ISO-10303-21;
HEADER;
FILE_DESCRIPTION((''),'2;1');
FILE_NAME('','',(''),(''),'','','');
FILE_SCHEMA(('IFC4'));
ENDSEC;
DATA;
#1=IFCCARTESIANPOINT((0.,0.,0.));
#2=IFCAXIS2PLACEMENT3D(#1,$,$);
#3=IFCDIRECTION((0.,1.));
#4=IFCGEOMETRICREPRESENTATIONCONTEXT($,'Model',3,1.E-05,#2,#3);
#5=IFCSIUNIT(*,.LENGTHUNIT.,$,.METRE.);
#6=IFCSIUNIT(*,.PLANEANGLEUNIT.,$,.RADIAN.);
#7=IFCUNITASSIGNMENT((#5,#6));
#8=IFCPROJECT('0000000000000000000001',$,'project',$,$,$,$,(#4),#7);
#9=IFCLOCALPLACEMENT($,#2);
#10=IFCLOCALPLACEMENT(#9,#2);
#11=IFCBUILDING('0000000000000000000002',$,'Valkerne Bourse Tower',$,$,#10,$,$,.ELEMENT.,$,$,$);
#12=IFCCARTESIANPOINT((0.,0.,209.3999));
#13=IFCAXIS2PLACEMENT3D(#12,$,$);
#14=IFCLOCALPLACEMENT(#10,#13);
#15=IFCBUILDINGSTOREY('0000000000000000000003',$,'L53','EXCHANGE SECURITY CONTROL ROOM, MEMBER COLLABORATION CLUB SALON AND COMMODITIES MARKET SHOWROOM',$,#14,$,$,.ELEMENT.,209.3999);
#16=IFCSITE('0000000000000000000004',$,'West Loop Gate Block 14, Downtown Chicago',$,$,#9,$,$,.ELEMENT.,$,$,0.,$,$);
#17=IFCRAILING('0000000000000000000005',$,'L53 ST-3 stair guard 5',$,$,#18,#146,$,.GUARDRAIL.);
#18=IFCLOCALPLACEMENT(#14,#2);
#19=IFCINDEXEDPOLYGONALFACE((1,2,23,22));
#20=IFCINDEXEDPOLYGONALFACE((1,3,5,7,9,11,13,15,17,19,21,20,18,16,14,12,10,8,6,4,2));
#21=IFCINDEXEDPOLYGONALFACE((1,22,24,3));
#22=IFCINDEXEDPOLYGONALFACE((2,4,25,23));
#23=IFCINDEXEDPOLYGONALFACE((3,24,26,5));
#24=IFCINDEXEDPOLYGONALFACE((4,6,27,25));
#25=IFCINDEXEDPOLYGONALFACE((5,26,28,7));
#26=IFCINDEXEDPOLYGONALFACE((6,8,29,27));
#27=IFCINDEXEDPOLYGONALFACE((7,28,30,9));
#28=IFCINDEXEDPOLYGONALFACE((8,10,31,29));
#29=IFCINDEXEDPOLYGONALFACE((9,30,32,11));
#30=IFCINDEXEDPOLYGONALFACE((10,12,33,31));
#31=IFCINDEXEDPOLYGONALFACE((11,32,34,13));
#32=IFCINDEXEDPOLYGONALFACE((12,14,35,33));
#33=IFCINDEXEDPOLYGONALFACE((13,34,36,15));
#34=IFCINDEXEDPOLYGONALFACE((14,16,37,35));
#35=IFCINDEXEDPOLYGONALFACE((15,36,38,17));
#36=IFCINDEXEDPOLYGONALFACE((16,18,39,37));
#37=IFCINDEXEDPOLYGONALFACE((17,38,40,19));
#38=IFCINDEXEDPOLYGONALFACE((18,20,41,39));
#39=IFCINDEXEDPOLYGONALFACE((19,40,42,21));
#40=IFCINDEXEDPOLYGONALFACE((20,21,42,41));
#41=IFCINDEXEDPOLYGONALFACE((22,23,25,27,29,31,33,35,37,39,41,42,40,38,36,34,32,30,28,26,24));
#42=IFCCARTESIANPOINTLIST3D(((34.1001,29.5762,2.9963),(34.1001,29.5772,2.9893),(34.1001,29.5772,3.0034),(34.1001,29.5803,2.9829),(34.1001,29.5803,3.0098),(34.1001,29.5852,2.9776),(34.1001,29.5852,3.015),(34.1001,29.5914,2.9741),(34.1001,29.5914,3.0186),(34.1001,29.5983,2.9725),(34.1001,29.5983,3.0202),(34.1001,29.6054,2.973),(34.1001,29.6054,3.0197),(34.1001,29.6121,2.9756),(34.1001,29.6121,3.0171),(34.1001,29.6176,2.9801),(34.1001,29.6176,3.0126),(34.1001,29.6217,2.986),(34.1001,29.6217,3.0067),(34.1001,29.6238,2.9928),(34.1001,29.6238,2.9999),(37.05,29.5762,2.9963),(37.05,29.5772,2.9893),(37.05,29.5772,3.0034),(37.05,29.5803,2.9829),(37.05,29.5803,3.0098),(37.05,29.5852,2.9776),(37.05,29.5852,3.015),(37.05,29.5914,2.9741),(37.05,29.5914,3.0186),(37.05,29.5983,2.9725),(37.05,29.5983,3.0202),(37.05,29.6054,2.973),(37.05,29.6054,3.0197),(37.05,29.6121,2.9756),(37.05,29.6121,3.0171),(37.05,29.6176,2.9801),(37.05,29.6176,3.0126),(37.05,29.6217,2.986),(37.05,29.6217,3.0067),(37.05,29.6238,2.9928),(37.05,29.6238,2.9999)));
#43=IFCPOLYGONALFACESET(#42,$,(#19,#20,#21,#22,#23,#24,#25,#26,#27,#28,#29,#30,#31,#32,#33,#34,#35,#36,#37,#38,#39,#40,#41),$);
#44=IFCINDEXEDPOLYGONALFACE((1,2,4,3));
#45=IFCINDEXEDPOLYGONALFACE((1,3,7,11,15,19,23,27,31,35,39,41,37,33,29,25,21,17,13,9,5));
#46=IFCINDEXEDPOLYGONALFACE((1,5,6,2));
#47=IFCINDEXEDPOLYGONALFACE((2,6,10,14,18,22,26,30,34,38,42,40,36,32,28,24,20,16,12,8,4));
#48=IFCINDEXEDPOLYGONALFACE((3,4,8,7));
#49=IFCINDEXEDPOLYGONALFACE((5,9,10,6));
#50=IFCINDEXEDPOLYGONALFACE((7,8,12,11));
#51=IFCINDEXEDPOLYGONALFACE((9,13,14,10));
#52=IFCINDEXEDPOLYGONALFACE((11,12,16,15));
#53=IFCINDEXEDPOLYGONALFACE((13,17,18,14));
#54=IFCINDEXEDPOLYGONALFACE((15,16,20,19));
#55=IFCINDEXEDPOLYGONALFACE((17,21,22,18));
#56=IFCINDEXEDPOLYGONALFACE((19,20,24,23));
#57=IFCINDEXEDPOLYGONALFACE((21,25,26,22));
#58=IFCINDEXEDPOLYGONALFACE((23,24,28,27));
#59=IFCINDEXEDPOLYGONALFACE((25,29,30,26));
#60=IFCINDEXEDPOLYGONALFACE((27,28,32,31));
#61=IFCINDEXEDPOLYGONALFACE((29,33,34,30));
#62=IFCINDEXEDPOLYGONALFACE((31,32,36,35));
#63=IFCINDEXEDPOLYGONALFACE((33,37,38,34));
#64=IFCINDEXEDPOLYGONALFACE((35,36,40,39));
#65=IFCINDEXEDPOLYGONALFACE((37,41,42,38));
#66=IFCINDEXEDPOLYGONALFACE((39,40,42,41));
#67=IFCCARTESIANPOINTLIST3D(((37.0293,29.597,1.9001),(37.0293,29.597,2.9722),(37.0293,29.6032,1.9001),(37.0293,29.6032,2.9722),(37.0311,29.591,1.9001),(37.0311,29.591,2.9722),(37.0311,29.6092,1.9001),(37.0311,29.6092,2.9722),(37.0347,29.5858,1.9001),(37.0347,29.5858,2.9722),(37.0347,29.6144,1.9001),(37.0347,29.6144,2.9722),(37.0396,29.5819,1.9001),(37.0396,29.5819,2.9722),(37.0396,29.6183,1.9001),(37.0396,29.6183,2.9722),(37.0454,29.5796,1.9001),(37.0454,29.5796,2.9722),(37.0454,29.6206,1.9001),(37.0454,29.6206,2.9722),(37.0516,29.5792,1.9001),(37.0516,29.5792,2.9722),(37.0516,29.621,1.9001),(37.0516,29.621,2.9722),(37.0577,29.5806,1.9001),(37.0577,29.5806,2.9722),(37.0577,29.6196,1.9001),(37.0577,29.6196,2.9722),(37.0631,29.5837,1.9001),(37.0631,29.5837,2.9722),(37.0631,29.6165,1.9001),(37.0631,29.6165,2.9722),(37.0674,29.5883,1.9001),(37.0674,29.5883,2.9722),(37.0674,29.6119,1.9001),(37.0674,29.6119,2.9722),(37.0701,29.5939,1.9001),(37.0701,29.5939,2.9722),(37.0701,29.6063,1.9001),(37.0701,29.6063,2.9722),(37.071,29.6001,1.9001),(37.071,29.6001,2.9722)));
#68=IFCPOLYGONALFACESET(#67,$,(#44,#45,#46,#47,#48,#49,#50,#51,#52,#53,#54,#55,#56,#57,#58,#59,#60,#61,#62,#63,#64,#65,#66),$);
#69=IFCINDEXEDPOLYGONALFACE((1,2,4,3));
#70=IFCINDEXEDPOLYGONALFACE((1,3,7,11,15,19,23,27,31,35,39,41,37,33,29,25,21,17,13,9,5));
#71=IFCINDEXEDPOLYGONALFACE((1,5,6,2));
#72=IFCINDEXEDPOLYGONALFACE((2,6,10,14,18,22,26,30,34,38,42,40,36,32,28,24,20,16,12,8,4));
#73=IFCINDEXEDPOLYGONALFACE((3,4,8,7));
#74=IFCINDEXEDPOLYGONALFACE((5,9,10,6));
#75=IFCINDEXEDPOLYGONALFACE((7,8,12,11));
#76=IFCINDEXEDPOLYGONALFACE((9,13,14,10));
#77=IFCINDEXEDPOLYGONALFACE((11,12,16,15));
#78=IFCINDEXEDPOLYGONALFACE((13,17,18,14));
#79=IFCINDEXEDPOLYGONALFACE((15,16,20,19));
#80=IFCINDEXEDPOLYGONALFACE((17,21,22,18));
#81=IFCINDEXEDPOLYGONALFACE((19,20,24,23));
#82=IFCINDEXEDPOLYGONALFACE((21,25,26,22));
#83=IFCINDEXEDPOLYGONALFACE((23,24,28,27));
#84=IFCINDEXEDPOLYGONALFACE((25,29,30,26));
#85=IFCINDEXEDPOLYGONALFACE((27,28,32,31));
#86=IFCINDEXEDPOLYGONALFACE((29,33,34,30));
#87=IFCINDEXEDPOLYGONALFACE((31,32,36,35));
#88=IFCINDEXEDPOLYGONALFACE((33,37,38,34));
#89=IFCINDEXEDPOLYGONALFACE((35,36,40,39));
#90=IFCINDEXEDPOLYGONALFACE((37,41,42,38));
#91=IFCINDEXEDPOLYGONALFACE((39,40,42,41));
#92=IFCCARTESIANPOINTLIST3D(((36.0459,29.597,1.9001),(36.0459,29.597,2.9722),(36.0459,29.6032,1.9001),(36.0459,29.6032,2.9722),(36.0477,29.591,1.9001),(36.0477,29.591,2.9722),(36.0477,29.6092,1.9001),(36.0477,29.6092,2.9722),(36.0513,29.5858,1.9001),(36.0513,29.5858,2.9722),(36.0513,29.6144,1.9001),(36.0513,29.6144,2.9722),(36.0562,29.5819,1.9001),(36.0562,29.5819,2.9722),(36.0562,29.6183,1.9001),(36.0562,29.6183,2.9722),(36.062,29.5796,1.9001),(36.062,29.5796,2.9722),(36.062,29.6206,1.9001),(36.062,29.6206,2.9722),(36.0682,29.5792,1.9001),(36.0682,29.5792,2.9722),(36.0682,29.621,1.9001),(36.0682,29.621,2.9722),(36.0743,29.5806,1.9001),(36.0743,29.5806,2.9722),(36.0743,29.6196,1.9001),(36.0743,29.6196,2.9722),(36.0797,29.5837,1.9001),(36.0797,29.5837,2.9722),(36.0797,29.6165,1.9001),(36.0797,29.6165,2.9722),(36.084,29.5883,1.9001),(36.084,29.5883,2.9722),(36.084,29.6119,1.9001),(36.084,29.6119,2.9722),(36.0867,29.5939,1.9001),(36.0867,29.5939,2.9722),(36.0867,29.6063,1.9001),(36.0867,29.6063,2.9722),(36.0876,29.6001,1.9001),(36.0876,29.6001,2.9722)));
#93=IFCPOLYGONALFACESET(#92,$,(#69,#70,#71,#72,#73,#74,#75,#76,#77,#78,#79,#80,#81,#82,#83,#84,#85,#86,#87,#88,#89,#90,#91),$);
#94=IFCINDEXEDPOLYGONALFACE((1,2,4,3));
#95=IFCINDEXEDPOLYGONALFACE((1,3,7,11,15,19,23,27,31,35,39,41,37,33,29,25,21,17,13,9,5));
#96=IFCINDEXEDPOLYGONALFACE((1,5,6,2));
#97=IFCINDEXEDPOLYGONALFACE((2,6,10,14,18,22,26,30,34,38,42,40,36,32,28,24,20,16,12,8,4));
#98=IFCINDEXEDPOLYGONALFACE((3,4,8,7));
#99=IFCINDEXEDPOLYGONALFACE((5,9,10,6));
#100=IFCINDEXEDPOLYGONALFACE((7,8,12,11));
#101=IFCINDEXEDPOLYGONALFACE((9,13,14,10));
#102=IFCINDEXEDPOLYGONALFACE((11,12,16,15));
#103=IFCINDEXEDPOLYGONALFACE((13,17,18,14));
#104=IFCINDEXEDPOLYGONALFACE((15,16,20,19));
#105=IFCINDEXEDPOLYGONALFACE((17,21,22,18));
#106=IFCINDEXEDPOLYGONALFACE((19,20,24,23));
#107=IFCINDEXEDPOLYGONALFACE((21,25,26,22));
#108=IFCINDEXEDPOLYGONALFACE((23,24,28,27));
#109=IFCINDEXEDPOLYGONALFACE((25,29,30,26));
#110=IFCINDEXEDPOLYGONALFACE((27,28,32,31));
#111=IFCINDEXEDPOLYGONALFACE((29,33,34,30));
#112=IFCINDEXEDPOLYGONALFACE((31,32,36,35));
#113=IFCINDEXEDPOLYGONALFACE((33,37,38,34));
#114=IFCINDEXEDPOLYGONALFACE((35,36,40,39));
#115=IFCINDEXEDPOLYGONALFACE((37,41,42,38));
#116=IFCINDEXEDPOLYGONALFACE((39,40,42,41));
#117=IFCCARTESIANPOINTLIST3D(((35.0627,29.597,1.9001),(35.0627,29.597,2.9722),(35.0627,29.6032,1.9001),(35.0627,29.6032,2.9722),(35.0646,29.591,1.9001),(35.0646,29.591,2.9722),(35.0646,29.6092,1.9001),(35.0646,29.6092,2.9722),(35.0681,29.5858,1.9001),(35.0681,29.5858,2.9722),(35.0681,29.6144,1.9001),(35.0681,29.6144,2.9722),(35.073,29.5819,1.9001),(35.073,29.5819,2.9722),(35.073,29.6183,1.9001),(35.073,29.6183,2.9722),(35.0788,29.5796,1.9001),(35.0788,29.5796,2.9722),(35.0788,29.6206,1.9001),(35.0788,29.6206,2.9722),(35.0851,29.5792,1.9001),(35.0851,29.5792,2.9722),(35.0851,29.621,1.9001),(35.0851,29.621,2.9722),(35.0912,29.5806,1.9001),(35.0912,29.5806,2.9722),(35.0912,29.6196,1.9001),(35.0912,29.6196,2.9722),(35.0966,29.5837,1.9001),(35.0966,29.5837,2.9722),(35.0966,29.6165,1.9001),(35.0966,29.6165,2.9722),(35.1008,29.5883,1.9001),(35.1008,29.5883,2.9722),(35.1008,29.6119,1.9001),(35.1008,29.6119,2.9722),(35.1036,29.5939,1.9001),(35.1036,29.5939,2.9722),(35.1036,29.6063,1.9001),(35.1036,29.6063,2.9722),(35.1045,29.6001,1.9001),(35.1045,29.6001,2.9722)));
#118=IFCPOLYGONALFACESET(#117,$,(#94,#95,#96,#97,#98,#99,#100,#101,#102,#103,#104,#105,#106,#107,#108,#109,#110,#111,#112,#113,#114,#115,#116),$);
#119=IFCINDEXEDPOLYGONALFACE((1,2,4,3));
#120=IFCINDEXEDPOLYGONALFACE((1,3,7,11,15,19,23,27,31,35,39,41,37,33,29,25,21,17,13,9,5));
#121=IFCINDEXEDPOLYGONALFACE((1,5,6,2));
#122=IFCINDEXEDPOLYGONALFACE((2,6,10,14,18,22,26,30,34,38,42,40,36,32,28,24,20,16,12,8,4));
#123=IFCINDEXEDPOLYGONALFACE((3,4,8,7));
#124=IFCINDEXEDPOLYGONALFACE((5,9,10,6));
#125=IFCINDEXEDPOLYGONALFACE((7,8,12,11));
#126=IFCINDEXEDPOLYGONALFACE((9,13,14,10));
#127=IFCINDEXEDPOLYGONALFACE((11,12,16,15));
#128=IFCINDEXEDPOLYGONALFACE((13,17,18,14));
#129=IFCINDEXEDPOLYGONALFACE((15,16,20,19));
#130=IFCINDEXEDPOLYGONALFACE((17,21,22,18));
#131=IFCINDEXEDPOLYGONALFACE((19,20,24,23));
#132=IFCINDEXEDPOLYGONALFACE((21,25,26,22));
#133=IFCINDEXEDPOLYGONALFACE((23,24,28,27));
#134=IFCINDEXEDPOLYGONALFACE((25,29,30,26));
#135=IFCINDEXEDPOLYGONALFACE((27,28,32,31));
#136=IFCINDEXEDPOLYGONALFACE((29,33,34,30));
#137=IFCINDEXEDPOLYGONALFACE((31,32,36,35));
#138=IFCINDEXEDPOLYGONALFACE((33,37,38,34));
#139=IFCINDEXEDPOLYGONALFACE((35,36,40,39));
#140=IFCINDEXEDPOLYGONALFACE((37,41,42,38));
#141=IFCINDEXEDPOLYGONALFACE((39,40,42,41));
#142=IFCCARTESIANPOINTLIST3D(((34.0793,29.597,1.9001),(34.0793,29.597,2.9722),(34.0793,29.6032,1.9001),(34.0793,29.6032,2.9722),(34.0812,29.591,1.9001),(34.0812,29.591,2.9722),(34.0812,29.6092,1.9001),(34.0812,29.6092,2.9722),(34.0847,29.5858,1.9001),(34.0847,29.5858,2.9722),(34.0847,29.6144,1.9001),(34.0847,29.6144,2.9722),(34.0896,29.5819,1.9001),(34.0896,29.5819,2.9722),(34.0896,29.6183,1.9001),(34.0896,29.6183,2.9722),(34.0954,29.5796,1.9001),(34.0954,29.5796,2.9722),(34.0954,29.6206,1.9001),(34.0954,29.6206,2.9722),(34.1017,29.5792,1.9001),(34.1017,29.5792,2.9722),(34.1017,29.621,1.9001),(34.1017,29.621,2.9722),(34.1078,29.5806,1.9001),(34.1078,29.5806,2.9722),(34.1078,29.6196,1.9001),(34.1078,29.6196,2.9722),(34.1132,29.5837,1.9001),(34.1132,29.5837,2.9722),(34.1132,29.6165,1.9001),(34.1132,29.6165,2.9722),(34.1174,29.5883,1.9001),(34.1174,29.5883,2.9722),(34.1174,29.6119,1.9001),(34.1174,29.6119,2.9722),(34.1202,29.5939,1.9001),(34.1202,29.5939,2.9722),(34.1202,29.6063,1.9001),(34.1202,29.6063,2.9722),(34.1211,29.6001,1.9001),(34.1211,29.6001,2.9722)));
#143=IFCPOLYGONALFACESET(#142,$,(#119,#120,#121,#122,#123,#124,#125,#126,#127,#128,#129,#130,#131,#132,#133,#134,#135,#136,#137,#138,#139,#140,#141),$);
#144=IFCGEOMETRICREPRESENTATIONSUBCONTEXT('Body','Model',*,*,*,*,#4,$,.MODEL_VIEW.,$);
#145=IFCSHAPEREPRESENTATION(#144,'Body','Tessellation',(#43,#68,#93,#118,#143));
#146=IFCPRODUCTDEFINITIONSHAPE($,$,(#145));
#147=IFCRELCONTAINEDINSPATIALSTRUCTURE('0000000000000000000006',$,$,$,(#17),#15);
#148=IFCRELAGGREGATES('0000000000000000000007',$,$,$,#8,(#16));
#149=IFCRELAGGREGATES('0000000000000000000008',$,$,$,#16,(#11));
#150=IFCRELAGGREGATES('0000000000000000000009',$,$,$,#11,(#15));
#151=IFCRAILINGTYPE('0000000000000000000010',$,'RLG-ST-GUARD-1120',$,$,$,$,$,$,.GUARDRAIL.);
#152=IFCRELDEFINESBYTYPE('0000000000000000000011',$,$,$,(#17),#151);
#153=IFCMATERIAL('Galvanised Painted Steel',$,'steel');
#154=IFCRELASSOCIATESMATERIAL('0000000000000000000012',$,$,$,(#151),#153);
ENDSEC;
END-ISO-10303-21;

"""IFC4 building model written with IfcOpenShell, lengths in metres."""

from ifc_helpers import new_model, si_unit, direction, frame, origin, origin_2d, place, context, subcontext, project, spatial, circle, extrude, material, type_object, element, save


model = new_model("IFC4")

# Units and contexts
model_context = context("Model", 3, precision=1e-05, world=origin(), true_north=direction((0.0, 1.0)))
body_context = subcontext(model_context, "Body", "Model", "MODEL_VIEW")
ifc_project = project(units=[si_unit("LENGTHUNIT", "METRE"), si_unit("PLANEANGLEUNIT", "RADIAN")], contexts=[model_context])

# Site, building, storey
site_placement = place(None, origin())
site = spatial("IfcSite", under=ifc_project, at=site_placement, Name="West Loop Gate Block 14, Downtown Chicago", CompositionType="ELEMENT", RefElevation=0.0)
building_placement = place(site_placement, origin())
building = spatial("IfcBuilding", under=site, at=building_placement, Name="Valkerne Bourse Tower", CompositionType="ELEMENT")
storey_placement = place(building_placement, frame((0.0, 0.0, 209.3999)))
storey = spatial("IfcBuildingStorey", under=building, at=storey_placement, Name="L53", Description="EXCHANGE SECURITY CONTROL ROOM, MEMBER COLLABORATION CLUB SALON AND COMMODITIES MARKET SHOWROOM", CompositionType="ELEMENT", Elevation=209.3999)

# Shared definitions
ifc_material_1 = material(Name="Galvanised Painted Steel", Category="steel")

# Railing
railing_type = type_object("IfcRailingType", Name="RLG-ST-GUARD-1120", PredefinedType="GUARDRAIL", material=ifc_material_1)
railing_1_placement = place(storey_placement, frame((37.05, 29.6001, 1.9001)))
element("IfcRailing", 1, at=railing_1_placement, inside=storey, type_object=railing_type, Name="L53 ST-3 stair guard 5", PredefinedType="GUARDRAIL", context=body_context, shape_type="SweptSolid", body=[
    extrude(circle(Radius=0.0239, at=origin_2d()), frame((0.0, 0.0, 1.0962), z_axis=(-1.0, 0.0, 0.0), x_axis=(0.0, -1.0, 0.0)), (0.0, 0.0, 1.0), 2.95),
    extrude(circle(Radius=0.021, at=origin_2d()), origin(), (0.0, 0.0, 1.0), 1.072),
    extrude(circle(Radius=0.021, at=origin_2d()), frame((-0.9834, 0.0, 0.0)), (0.0, 0.0, 1.0), 1.072),
    extrude(circle(Radius=0.021, at=origin_2d()), frame((-1.9666, 0.0, 0.0)), (0.0, 0.0, 1.0), 1.072),
    extrude(circle(Radius=0.021, at=origin_2d()), frame((-2.95, 0.0, 0.0)), (0.0, 0.0, 1.0), 1.072),
])

save(model, "model.ifc")
